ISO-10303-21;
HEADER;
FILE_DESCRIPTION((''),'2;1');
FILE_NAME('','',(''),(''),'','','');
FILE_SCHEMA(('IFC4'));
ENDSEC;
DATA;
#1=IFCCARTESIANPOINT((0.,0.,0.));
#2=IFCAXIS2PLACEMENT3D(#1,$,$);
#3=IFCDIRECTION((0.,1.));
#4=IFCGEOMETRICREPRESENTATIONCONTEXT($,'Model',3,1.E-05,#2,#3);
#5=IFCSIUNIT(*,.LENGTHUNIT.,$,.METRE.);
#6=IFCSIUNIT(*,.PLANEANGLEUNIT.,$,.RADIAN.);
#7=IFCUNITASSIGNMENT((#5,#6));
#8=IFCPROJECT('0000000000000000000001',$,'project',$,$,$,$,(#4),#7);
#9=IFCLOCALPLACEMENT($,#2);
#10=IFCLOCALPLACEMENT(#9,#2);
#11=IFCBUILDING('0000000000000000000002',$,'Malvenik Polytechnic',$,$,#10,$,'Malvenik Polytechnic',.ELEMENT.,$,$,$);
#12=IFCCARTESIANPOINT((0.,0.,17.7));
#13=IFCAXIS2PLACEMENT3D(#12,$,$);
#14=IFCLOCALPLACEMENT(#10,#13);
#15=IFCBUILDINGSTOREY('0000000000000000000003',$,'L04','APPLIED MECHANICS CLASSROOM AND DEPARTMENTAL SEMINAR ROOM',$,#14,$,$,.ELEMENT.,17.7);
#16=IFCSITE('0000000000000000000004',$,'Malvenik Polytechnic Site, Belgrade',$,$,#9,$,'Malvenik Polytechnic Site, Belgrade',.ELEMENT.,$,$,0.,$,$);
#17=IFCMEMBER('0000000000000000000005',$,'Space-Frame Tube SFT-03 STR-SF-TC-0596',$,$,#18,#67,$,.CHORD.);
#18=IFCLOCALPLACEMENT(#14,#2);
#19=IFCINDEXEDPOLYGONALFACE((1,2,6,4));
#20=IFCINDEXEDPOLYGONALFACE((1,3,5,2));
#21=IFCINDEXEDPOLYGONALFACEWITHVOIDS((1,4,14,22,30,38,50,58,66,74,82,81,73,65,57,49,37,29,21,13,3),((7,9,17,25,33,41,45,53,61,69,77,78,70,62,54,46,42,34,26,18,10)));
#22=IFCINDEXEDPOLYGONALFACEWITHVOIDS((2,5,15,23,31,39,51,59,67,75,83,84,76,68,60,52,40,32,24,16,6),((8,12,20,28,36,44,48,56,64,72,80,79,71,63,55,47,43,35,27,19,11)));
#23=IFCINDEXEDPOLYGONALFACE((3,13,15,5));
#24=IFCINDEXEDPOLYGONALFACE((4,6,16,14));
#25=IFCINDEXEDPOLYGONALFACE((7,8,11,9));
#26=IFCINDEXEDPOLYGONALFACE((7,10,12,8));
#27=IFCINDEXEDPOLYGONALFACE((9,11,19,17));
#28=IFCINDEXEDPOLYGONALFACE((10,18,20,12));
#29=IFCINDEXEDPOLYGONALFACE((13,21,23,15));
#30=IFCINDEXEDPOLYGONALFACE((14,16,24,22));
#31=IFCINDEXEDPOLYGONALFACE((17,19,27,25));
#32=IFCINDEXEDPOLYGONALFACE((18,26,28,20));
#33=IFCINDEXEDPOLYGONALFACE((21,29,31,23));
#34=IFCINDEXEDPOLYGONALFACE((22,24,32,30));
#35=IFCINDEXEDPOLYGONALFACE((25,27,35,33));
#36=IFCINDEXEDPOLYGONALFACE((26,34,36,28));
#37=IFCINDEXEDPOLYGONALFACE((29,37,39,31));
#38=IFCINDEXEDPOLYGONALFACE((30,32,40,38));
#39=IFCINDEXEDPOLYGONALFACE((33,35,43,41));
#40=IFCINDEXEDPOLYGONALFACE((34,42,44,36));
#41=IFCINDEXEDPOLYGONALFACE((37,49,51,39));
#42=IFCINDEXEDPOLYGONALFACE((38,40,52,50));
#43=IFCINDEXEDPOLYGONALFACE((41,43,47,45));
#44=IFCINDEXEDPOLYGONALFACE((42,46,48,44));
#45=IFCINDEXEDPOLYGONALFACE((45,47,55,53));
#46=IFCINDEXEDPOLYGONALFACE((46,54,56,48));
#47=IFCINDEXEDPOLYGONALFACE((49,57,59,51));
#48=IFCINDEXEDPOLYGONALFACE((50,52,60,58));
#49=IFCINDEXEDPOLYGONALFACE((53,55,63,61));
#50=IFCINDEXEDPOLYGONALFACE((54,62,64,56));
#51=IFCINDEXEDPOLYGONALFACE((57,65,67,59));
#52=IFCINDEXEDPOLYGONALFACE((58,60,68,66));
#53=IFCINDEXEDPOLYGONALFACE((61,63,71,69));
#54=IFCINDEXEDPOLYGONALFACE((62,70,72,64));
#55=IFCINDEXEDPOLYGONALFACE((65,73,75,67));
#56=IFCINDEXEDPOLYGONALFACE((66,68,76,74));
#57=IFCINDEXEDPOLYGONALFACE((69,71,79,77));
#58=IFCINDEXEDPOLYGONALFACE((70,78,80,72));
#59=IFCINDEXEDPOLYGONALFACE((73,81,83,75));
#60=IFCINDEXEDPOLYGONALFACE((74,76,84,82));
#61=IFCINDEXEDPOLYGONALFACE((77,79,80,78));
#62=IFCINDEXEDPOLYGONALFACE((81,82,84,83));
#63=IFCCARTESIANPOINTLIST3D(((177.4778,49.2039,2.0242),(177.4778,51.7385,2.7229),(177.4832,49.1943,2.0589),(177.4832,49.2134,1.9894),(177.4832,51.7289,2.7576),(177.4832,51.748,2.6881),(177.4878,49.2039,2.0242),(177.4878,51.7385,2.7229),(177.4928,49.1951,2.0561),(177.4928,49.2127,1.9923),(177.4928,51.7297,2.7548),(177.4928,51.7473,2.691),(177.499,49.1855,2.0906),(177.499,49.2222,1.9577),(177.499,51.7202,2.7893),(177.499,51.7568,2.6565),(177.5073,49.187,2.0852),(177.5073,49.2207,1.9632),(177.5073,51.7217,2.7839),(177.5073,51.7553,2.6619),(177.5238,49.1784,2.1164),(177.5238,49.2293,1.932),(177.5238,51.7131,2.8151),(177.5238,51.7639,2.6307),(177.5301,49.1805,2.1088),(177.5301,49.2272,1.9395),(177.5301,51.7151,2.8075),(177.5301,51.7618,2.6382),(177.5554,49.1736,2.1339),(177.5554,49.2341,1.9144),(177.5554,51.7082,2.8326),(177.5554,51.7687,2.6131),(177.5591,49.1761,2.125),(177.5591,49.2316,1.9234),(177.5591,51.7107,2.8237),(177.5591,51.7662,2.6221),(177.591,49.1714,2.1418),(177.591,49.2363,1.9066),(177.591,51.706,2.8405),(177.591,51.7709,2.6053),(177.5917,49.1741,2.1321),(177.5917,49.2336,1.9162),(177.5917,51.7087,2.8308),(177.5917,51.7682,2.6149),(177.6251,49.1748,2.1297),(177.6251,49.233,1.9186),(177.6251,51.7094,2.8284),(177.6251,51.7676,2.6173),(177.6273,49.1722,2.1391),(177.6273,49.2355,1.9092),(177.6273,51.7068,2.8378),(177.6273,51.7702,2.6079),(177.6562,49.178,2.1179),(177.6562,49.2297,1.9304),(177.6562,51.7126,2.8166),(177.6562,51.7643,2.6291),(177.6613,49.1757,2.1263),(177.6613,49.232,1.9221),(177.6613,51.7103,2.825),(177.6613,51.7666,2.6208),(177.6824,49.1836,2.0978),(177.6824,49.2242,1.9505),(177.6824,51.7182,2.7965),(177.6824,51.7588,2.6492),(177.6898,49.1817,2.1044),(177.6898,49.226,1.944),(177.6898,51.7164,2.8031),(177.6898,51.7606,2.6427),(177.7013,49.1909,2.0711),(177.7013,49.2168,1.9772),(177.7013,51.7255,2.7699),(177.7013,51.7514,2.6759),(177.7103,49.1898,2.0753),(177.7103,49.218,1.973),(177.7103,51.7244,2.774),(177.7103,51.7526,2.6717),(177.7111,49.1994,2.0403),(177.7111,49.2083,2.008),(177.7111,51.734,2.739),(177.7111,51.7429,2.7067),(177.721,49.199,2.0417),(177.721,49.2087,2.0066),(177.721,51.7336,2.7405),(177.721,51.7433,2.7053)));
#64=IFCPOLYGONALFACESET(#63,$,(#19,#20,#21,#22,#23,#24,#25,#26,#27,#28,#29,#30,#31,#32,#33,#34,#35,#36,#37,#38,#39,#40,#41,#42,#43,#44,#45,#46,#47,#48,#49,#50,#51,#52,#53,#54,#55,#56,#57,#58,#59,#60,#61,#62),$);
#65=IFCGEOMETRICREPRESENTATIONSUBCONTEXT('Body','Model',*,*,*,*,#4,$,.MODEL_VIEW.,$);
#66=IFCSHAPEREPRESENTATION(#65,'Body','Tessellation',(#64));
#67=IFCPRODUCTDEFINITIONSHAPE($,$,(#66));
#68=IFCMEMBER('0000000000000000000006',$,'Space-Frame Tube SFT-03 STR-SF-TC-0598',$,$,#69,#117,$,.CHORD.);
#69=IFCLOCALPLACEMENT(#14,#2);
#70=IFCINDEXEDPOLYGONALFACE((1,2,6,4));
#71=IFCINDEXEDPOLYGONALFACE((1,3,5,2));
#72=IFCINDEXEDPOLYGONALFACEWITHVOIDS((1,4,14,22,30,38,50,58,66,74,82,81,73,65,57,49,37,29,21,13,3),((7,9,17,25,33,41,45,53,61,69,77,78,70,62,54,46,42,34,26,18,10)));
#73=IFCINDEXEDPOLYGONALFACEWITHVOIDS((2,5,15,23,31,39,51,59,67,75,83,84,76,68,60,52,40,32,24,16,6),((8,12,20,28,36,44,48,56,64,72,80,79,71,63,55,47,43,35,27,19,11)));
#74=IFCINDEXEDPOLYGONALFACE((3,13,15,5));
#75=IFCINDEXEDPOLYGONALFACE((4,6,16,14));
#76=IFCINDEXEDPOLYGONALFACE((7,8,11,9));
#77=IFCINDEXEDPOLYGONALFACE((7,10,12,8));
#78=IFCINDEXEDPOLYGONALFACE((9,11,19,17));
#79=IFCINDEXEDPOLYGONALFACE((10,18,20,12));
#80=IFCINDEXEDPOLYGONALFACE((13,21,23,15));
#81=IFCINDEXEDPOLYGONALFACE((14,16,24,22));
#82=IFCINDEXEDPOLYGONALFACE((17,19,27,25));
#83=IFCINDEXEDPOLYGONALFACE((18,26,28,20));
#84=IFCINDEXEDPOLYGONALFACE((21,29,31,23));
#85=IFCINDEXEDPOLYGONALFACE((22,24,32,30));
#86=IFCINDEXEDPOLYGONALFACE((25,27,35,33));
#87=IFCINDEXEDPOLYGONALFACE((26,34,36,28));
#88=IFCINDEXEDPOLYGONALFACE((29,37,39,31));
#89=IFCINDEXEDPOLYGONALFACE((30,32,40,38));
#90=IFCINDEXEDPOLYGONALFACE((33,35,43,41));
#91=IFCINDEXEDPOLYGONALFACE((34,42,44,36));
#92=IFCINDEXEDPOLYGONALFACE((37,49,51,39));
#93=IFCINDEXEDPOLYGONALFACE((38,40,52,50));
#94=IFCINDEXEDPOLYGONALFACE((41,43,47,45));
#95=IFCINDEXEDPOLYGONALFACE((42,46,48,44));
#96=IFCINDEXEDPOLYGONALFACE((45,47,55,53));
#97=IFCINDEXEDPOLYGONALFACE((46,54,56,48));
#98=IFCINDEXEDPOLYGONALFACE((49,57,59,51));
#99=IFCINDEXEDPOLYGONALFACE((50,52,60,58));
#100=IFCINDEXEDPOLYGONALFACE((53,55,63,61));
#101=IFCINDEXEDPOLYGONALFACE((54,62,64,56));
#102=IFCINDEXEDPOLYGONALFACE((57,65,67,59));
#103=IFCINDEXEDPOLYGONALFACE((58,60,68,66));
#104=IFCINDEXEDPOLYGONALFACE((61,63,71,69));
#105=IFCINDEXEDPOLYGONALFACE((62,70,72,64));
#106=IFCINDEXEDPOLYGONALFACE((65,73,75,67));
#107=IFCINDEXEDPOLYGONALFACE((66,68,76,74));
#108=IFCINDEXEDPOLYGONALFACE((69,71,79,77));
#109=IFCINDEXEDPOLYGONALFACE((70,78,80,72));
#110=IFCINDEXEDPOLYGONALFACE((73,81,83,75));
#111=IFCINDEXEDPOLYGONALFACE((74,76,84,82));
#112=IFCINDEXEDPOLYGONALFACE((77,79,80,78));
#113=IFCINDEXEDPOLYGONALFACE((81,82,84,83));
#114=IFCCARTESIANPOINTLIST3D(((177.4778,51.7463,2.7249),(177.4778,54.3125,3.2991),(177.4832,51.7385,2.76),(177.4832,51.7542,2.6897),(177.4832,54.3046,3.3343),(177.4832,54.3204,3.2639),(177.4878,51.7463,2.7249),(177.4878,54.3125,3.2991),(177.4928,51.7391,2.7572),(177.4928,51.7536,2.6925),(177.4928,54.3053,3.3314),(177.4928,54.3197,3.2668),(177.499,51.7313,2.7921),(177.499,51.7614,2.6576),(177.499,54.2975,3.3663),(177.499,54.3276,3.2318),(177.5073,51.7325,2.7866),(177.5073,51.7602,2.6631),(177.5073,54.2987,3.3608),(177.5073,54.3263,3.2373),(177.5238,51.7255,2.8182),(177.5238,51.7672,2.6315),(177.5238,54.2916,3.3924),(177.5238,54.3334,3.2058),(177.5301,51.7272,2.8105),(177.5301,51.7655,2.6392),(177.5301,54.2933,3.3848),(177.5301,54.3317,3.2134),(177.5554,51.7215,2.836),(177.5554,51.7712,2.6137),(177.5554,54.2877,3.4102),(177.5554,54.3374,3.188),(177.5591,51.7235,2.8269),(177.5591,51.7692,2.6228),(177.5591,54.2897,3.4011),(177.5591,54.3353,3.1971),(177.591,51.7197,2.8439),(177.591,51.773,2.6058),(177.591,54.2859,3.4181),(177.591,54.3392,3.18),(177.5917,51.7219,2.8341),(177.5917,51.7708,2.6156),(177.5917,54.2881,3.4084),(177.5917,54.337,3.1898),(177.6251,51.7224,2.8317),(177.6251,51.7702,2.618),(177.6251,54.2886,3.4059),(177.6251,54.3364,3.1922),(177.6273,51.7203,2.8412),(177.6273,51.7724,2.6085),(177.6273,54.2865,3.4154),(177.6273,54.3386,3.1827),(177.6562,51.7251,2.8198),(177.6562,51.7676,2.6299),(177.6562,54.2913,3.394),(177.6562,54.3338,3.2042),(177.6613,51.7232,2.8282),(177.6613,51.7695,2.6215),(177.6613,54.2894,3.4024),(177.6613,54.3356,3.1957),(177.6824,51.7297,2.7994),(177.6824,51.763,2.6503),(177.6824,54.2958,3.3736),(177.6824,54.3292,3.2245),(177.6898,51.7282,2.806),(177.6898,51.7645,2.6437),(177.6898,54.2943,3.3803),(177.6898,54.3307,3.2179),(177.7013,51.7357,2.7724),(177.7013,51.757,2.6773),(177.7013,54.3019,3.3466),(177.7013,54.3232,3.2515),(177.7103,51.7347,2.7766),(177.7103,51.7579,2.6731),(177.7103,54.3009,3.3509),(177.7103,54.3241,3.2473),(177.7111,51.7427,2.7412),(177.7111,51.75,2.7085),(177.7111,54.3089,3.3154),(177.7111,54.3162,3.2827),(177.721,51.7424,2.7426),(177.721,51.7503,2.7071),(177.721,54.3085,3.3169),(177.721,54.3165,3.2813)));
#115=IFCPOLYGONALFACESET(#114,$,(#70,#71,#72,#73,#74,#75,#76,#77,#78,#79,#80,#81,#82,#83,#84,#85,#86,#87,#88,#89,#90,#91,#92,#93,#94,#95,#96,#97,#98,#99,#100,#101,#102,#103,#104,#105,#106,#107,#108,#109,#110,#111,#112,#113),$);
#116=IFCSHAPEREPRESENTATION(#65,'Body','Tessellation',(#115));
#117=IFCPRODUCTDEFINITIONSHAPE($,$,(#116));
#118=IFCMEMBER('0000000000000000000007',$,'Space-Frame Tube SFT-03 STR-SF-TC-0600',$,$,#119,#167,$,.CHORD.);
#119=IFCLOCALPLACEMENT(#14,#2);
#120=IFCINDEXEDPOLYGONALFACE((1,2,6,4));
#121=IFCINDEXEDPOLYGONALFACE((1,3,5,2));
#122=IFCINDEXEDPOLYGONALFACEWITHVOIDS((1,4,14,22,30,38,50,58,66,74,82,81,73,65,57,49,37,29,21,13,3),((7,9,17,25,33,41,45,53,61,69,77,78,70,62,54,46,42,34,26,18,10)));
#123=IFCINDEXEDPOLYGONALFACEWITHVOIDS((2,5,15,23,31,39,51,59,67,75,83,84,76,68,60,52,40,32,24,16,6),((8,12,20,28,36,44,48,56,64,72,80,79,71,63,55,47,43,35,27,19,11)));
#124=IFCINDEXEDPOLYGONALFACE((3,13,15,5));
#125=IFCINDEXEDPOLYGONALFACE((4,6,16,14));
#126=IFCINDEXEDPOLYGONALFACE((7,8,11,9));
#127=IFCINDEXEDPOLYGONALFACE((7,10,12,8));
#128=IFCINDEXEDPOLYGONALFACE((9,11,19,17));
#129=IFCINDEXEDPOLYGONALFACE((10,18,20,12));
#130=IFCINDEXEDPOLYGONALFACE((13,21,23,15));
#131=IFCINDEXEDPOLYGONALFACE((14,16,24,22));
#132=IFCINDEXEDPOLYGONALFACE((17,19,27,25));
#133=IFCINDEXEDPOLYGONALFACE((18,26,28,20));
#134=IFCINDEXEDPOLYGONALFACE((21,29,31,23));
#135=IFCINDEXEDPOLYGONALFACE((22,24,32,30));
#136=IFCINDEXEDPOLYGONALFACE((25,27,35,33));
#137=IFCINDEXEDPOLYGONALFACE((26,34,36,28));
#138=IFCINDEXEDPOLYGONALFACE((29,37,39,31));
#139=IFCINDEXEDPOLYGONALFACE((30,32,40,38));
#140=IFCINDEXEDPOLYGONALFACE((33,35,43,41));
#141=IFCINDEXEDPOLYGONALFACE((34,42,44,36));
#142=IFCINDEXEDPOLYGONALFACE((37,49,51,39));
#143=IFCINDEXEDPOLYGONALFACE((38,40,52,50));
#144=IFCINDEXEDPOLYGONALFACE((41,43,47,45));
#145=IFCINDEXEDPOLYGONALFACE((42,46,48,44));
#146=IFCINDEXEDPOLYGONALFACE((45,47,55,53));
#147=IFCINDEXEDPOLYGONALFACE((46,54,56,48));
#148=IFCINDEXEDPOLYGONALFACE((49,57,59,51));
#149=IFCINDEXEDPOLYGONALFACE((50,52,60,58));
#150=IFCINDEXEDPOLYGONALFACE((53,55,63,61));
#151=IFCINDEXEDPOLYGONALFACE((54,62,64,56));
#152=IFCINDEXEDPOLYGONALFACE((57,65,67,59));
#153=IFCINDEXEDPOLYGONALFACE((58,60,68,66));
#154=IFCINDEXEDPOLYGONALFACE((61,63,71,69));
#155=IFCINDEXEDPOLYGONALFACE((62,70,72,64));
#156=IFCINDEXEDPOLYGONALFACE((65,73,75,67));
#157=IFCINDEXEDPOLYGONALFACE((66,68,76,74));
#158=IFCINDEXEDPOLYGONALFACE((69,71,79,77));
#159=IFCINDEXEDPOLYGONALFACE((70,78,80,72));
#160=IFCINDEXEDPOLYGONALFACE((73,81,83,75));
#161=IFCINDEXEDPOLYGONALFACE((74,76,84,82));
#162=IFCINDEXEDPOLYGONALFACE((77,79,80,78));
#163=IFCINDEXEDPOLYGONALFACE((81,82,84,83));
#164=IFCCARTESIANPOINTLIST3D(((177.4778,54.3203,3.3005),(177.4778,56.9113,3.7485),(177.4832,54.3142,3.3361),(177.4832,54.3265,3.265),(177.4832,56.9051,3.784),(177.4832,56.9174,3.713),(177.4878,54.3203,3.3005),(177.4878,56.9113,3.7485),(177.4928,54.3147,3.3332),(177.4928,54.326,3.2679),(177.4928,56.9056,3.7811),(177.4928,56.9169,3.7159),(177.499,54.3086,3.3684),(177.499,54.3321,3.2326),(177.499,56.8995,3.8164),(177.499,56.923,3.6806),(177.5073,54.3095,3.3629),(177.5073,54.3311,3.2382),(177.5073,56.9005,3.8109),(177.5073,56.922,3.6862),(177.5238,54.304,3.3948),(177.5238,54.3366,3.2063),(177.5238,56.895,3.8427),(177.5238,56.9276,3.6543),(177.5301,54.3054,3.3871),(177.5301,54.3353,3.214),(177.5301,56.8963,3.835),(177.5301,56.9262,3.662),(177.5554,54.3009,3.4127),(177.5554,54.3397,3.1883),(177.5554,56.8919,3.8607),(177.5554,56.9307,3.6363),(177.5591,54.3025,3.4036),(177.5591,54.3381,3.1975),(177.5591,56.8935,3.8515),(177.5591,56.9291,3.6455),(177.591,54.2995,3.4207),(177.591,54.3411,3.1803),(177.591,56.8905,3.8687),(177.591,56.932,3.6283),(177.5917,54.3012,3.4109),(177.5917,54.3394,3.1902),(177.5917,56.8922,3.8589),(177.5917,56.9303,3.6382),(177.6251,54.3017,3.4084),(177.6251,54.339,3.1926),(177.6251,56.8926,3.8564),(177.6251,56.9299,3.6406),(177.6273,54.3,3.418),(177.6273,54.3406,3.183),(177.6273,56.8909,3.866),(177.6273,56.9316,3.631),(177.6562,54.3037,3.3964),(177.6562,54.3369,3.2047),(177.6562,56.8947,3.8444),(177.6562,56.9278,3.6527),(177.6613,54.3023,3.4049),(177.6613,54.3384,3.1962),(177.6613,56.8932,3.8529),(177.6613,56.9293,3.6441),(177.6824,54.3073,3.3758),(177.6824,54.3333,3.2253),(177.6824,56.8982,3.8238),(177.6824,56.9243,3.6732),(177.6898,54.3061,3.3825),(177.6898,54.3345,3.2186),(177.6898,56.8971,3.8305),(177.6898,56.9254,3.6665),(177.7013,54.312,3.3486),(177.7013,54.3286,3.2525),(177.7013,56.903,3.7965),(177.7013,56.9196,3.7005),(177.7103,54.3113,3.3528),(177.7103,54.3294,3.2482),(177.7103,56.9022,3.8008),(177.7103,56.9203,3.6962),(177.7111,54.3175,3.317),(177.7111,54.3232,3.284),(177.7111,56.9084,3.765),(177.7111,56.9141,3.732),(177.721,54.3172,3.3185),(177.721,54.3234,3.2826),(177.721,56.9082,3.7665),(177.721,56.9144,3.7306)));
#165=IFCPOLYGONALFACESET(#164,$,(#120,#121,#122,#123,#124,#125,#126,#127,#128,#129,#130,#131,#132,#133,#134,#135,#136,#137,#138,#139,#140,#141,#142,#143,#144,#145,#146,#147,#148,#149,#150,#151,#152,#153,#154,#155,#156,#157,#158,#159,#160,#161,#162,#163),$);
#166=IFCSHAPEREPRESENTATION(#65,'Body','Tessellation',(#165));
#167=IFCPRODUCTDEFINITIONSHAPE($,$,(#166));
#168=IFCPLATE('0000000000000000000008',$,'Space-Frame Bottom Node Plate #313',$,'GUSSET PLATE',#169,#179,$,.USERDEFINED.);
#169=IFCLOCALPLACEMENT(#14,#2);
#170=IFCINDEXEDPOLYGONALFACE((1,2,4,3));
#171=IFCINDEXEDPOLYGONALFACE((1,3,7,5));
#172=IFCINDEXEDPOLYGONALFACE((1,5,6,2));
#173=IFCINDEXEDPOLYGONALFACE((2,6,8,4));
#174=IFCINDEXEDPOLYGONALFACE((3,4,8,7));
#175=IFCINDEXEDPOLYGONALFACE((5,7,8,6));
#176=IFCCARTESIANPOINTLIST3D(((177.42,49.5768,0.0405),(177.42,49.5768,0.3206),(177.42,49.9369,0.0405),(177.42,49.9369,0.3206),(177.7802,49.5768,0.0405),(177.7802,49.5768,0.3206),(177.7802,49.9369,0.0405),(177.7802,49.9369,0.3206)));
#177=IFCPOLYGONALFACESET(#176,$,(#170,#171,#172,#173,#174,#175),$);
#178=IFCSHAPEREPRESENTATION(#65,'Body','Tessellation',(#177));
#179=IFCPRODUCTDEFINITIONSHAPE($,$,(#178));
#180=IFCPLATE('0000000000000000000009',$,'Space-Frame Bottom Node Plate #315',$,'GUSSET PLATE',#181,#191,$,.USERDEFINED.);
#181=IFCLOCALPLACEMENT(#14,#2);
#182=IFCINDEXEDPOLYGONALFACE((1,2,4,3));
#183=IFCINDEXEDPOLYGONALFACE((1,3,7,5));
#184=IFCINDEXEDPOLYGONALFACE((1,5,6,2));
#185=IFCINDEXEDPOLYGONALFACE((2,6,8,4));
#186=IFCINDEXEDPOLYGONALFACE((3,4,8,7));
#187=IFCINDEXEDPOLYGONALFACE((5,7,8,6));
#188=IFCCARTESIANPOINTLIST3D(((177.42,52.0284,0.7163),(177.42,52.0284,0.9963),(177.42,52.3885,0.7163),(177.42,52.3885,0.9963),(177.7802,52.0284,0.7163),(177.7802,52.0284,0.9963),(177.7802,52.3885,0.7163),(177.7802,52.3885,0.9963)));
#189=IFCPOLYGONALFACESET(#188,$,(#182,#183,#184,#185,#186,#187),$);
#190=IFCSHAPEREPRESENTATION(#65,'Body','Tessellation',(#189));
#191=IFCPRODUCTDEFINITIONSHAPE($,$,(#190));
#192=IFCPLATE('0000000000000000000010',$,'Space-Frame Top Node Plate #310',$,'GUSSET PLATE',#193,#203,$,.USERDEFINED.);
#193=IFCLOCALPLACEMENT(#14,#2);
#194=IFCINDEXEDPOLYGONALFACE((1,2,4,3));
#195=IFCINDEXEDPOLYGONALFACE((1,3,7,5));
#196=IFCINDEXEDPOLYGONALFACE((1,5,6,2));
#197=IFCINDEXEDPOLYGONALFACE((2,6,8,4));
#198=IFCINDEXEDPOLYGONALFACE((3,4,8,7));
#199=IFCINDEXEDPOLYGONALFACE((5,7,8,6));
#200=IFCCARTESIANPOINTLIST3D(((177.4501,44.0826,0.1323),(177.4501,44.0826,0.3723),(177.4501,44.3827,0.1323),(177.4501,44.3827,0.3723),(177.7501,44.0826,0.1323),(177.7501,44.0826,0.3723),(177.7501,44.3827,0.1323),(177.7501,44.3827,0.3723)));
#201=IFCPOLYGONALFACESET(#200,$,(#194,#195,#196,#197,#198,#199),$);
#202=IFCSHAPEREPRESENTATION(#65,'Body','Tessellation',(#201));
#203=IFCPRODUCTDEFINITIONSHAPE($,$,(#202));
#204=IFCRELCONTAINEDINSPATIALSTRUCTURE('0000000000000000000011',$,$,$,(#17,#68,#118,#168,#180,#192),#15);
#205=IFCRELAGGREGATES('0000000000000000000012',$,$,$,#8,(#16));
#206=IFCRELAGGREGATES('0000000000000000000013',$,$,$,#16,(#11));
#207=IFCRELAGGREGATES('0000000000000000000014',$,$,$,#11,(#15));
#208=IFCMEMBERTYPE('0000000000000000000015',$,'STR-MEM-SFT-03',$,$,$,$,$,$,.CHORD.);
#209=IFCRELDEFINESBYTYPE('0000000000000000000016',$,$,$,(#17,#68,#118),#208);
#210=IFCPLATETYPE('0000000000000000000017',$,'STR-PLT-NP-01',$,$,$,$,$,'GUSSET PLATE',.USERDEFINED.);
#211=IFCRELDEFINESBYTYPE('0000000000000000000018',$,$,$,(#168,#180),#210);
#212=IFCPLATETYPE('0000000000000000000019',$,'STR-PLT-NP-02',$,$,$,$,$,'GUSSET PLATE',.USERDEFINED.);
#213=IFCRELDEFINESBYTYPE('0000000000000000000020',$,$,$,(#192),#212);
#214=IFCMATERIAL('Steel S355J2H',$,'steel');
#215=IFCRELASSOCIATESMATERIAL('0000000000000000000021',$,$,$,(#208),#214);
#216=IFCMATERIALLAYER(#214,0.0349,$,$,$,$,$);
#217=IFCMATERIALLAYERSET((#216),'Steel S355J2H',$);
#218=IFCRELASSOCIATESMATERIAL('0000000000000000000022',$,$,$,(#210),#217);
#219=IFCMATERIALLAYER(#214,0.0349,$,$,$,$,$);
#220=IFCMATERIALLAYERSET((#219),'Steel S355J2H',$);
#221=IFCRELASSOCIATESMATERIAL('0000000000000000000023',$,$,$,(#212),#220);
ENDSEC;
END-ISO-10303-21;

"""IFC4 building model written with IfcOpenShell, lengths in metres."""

from ifc_helpers import new_model, si_unit, direction, frame, origin, origin_2d, place, context, subcontext, project, spatial, rectangle, hollow_circle, extrude, material, layer, layer_set, material_profile, profile_set, type_object, element, save


model = new_model("IFC4")

# Units and contexts
model_context = context("Model", 3, precision=1e-05, world=origin(), true_north=direction((0.0, 1.0)))
body_context = subcontext(model_context, "Body", "Model", "MODEL_VIEW")
ifc_project = project(units=[si_unit("LENGTHUNIT", "METRE"), si_unit("PLANEANGLEUNIT", "RADIAN")], contexts=[model_context])

# Site, building, storey
site_placement = place(None, origin())
site = spatial("IfcSite", under=ifc_project, at=site_placement, Name="Malvenik Polytechnic Site, Belgrade", LongName="Malvenik Polytechnic Site, Belgrade", CompositionType="ELEMENT", RefElevation=0.0)
building_placement = place(site_placement, origin())
building = spatial("IfcBuilding", under=site, at=building_placement, Name="Malvenik Polytechnic", LongName="Malvenik Polytechnic", CompositionType="ELEMENT")
storey_placement = place(building_placement, frame((0.0, 0.0, 17.7)))
storey = spatial("IfcBuildingStorey", under=building, at=storey_placement, Name="L04", Description="APPLIED MECHANICS CLASSROOM AND DEPARTMENTAL SEMINAR ROOM", CompositionType="ELEMENT", Elevation=17.7)

# Members
ifc_material = material(Name="Steel S355J2H", Category="steel")
ifc_material_profile_1 = material_profile(ifc_material, hollow_circle(Radius=0.1223, WallThickness=0.01, at=origin_2d()), Name="CHS 244.5x10.0")
ifc_profile_set_1 = profile_set([ifc_material_profile_1], Name="Steel S355J2H")
member_type_1 = type_object("IfcMemberType", Name="STR-MEM-SFT-03", PredefinedType="CHORD", material=ifc_profile_set_1)
member_1_placement = place(storey_placement, frame((177.6001, 49.2039, 2.0242), z_axis=(0.0, 0.96404, 0.265756), x_axis=(-1.0, 0.0, 0.0)))
element("IfcMember", 1, at=member_1_placement, inside=storey, type_object=member_type_1, Name="Space-Frame Tube SFT-03 STR-SF-TC-0596", PredefinedType="CHORD", context=body_context, shape_type="SweptSolid", body=[
    extrude(hollow_circle(Radius=0.1223, WallThickness=0.01, at=origin_2d()), origin(), (0.0, 0.0, 1.0), 2.6292),
])
member_2_placement = place(storey_placement, frame((177.6001, 51.7463, 2.7249), z_axis=(0.0, 0.975867, 0.218365), x_axis=(-1.0, 0.0, 0.0)))
element("IfcMember", 2, at=member_2_placement, inside=storey, type_object=member_type_1, Name="Space-Frame Tube SFT-03 STR-SF-TC-0598", PredefinedType="CHORD", context=body_context, shape_type="SweptSolid", body=[
    extrude(hollow_circle(Radius=0.1223, WallThickness=0.01, at=origin_2d()), origin(), (0.0, 0.0, 1.0), 2.6296),
])
member_3_placement = place(storey_placement, frame((177.6001, 54.3203, 3.3005), z_axis=(0.0, 0.98538, 0.170373), x_axis=(-1.0, 0.0, 0.0)))
element("IfcMember", 3, at=member_3_placement, inside=storey, type_object=member_type_1, Name="Space-Frame Tube SFT-03 STR-SF-TC-0600", PredefinedType="CHORD", context=body_context, shape_type="SweptSolid", body=[
    extrude(hollow_circle(Radius=0.1223, WallThickness=0.01, at=origin_2d()), origin(), (0.0, 0.0, 1.0), 2.6294),
])

# Plates
ifc_layer_1 = layer(ifc_material, 0.0349)
ifc_layer_set_1 = layer_set([ifc_layer_1], Name="Steel S355J2H")
plate_type_1 = type_object("IfcPlateType", Name="STR-PLT-NP-01", ElementType="GUSSET PLATE", PredefinedType="USERDEFINED", material=ifc_layer_set_1)
for number, where, z_axis, x_axis, name in (
    (4, (177.6001, 49.7568, 0.0405), (0.0, 0.0, 1.0), (1.0, 0.0, 0.0), "Space-Frame Bottom Node Plate #313"),
    (5, (177.6001, 52.2085, 0.7163), (0.0, 0.0, 1.0), (1.0, 0.0, 0.0), "Space-Frame Bottom Node Plate #315"),
):
    element("IfcPlate", number, at=place(storey_placement, frame(where, z_axis=z_axis, x_axis=x_axis)), inside=storey, type_object=plate_type_1, Name=name, ObjectType="GUSSET PLATE", PredefinedType="USERDEFINED", context=body_context, shape_type="SweptSolid", body=[
        extrude(rectangle(XDim=0.3601, YDim=0.3601, at=origin_2d()), origin(), (0.0, 0.0, 1.0), 0.28),
    ])
ifc_layer_2 = layer(ifc_material, 0.0349)
ifc_layer_set_2 = layer_set([ifc_layer_2], Name="Steel S355J2H")
plate_type_2 = type_object("IfcPlateType", Name="STR-PLT-NP-02", ElementType="GUSSET PLATE", PredefinedType="USERDEFINED", material=ifc_layer_set_2)
for number, where, z_axis, x_axis, name in (
    (6, (177.6001, 44.2327, 0.1323), (0.0, 0.0, 1.0), (1.0, 0.0, 0.0), "Space-Frame Top Node Plate #310"),
):
    element("IfcPlate", number, at=place(storey_placement, frame(where, z_axis=z_axis, x_axis=x_axis)), inside=storey, type_object=plate_type_2, Name=name, ObjectType="GUSSET PLATE", PredefinedType="USERDEFINED", context=body_context, shape_type="SweptSolid", body=[
        extrude(rectangle(XDim=0.3, YDim=0.3, at=origin_2d()), origin(), (0.0, 0.0, 1.0), 0.24),
    ])

save(model, "model.ifc")
